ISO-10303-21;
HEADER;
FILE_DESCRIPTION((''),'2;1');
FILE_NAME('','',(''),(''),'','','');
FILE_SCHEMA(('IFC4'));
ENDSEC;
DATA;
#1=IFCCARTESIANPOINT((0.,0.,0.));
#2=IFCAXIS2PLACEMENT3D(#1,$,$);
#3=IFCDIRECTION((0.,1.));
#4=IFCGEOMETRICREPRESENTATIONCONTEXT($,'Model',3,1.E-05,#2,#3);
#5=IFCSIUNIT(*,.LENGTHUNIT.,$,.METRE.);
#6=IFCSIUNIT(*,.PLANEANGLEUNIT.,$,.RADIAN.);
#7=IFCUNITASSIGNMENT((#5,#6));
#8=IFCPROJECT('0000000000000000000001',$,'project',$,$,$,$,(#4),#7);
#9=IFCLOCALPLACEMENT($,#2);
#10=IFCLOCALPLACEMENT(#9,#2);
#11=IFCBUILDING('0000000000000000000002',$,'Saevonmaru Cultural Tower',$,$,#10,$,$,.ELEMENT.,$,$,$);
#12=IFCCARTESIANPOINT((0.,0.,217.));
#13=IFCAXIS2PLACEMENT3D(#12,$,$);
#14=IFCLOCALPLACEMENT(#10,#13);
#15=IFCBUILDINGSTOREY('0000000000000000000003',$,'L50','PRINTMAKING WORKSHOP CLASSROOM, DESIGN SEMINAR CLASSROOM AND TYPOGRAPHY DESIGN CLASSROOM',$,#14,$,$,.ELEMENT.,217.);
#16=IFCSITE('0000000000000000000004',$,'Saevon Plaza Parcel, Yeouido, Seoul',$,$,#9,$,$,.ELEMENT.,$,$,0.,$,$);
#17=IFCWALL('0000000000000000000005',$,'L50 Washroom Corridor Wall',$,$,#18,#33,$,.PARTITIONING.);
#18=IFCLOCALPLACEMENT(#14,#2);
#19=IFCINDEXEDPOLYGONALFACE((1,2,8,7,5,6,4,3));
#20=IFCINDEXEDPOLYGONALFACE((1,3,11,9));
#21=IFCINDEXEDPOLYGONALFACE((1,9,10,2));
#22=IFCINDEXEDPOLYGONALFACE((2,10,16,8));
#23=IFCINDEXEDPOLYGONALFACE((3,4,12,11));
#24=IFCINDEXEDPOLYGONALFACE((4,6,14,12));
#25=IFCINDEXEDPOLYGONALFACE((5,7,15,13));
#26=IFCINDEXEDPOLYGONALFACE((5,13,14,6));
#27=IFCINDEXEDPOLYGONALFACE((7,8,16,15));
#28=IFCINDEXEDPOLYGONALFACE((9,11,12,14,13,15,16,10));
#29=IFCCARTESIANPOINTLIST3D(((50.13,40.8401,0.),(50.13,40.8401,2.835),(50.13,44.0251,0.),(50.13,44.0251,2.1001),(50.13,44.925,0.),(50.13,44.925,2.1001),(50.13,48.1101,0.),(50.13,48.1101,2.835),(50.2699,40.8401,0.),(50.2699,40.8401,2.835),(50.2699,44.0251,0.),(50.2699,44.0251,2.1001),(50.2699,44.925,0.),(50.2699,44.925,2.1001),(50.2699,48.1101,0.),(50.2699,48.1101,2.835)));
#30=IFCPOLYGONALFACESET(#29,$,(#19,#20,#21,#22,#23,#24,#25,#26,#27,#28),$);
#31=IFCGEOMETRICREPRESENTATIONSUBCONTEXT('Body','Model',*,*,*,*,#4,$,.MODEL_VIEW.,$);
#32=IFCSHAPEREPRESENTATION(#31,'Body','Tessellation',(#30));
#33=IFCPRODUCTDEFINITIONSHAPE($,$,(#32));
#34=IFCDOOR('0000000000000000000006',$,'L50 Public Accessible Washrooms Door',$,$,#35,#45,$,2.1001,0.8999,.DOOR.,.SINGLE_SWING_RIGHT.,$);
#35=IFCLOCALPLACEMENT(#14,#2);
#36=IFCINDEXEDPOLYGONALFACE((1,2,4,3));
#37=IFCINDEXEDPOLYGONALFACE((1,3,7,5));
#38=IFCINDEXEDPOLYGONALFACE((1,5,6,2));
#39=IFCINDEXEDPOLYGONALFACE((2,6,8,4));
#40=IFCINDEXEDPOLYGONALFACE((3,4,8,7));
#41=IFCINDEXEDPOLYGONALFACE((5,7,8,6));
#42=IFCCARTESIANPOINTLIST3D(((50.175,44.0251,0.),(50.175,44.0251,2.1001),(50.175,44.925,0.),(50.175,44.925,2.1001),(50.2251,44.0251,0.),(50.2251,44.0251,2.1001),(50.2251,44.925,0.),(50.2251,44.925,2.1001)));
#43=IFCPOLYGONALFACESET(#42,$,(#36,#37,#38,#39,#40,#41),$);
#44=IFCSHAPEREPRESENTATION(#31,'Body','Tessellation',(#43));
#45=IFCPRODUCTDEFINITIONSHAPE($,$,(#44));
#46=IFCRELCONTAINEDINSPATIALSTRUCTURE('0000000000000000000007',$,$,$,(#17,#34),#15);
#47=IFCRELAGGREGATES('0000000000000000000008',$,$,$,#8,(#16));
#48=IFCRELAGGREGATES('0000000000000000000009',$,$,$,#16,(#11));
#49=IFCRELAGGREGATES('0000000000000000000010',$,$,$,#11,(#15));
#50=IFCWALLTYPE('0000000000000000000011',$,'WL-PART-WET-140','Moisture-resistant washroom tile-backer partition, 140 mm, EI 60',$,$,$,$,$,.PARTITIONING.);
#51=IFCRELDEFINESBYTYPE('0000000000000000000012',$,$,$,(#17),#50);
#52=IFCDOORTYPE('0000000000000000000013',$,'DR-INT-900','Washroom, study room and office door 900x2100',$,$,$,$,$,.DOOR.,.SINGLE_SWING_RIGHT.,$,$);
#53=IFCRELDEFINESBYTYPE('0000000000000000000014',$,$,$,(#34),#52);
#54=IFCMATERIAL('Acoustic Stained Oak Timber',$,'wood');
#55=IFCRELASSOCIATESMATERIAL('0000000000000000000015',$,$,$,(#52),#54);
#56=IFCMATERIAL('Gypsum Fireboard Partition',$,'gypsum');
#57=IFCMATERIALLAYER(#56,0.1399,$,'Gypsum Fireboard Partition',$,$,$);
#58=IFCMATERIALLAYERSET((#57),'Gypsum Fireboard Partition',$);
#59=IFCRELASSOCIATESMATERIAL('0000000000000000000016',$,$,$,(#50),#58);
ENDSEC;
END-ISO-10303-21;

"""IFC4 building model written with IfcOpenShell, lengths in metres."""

from ifc_helpers import new_model, si_unit, direction, frame, frame_2d, origin, place, context, subcontext, project, spatial, rectangle, extrude, material, layer, layer_set, type_object, element, fill, save


model = new_model("IFC4")

# Units and contexts
model_context = context("Model", 3, precision=1e-05, world=origin(), true_north=direction((0.0, 1.0)))
body_context = subcontext(model_context, "Body", "Model", "MODEL_VIEW")
ifc_project = project(units=[si_unit("LENGTHUNIT", "METRE"), si_unit("PLANEANGLEUNIT", "RADIAN")], contexts=[model_context])

# Site, building, storey
site_placement = place(None, origin())
site = spatial("IfcSite", under=ifc_project, at=site_placement, Name="Saevon Plaza Parcel, Yeouido, Seoul", CompositionType="ELEMENT", RefElevation=0.0)
building_placement = place(site_placement, origin())
building = spatial("IfcBuilding", under=site, at=building_placement, Name="Saevonmaru Cultural Tower", CompositionType="ELEMENT")
storey_placement = place(building_placement, frame((0.0, 0.0, 217.0)))
storey = spatial("IfcBuildingStorey", under=building, at=storey_placement, Name="L50", Description="PRINTMAKING WORKSHOP CLASSROOM, DESIGN SEMINAR CLASSROOM AND TYPOGRAPHY DESIGN CLASSROOM", CompositionType="ELEMENT", Elevation=217.0)

# Shared definitions
ifc_material_1 = material(Name="Gypsum Fireboard Partition", Category="gypsum")
ifc_material_2 = material(Name="Acoustic Stained Oak Timber", Category="wood")
door_type_1 = type_object("IfcDoorType", Name="DR-INT-900", Description="Washroom, study room and office door 900x2100", OperationType="SINGLE_SWING_RIGHT", PredefinedType="DOOR", material=ifc_material_2)

# Shared definitions
ifc_layer_1 = layer(ifc_material_1, 0.1399, Name="Gypsum Fireboard Partition")
ifc_layer_set_1 = layer_set([ifc_layer_1], Name="Gypsum Fireboard Partition")
wall_type_1 = type_object("IfcWallType", Name="WL-PART-WET-140", Description="Moisture-resistant washroom tile-backer partition, 140 mm, EI 60", PredefinedType="PARTITIONING", material=ifc_layer_set_1)

# Wall, opening, door
wall_1_placement = place(storey_placement, frame((50.2, 40.8401, 0.0), z_axis=(0.0, 0.0, 1.0), x_axis=(0.0, 1.0, 0.0)))
wall_1 = element("IfcWall", 1, at=wall_1_placement, inside=storey, type_object=wall_type_1, Name="L50 Washroom Corridor Wall", PredefinedType="PARTITIONING", context=body_context, shape_type="SweptSolid", body=[
    extrude(rectangle(XDim=7.27, YDim=0.1399, at=frame_2d((3.635, 0.0))), origin(), (0.0, 0.0, 1.0), 2.835),
])
opening_1_placement = place(wall_1_placement, frame((3.1851, 0.0, 0.0)))
opening_1 = element("IfcOpeningElement", 2, at=opening_1_placement, cuts=wall_1, PredefinedType="OPENING", context=body_context, shape_type="SweptSolid", body=[
    extrude(rectangle(XDim=0.8999, YDim=2.1001, at=frame_2d((0.45, 1.05))), frame((0.0, 0.0801, 0.0), z_axis=(0.0, -1.0, 0.0), x_axis=(1.0, 0.0, 0.0)), (0.0, 0.0, 1.0), 0.1599),
])
door_1_placement = place(opening_1_placement, origin())
door_1 = element("IfcDoor", 3, at=door_1_placement, inside=storey, type_object=door_type_1, Name="L50 Public Accessible Washrooms Door", OperationType="SINGLE_SWING_RIGHT", OverallHeight=2.1001, OverallWidth=0.8999, PredefinedType="DOOR", context=body_context, shape_type="SweptSolid", body=[
    extrude(rectangle(XDim=0.8999, YDim=2.1001, at=frame_2d((0.45, 1.05))), frame((0.0, 0.0249, 0.0), z_axis=(0.0, -1.0, 0.0), x_axis=(1.0, 0.0, 0.0)), (0.0, 0.0, 1.0), 0.05),
])
fill(opening_1, door_1)

save(model, "model.ifc")
